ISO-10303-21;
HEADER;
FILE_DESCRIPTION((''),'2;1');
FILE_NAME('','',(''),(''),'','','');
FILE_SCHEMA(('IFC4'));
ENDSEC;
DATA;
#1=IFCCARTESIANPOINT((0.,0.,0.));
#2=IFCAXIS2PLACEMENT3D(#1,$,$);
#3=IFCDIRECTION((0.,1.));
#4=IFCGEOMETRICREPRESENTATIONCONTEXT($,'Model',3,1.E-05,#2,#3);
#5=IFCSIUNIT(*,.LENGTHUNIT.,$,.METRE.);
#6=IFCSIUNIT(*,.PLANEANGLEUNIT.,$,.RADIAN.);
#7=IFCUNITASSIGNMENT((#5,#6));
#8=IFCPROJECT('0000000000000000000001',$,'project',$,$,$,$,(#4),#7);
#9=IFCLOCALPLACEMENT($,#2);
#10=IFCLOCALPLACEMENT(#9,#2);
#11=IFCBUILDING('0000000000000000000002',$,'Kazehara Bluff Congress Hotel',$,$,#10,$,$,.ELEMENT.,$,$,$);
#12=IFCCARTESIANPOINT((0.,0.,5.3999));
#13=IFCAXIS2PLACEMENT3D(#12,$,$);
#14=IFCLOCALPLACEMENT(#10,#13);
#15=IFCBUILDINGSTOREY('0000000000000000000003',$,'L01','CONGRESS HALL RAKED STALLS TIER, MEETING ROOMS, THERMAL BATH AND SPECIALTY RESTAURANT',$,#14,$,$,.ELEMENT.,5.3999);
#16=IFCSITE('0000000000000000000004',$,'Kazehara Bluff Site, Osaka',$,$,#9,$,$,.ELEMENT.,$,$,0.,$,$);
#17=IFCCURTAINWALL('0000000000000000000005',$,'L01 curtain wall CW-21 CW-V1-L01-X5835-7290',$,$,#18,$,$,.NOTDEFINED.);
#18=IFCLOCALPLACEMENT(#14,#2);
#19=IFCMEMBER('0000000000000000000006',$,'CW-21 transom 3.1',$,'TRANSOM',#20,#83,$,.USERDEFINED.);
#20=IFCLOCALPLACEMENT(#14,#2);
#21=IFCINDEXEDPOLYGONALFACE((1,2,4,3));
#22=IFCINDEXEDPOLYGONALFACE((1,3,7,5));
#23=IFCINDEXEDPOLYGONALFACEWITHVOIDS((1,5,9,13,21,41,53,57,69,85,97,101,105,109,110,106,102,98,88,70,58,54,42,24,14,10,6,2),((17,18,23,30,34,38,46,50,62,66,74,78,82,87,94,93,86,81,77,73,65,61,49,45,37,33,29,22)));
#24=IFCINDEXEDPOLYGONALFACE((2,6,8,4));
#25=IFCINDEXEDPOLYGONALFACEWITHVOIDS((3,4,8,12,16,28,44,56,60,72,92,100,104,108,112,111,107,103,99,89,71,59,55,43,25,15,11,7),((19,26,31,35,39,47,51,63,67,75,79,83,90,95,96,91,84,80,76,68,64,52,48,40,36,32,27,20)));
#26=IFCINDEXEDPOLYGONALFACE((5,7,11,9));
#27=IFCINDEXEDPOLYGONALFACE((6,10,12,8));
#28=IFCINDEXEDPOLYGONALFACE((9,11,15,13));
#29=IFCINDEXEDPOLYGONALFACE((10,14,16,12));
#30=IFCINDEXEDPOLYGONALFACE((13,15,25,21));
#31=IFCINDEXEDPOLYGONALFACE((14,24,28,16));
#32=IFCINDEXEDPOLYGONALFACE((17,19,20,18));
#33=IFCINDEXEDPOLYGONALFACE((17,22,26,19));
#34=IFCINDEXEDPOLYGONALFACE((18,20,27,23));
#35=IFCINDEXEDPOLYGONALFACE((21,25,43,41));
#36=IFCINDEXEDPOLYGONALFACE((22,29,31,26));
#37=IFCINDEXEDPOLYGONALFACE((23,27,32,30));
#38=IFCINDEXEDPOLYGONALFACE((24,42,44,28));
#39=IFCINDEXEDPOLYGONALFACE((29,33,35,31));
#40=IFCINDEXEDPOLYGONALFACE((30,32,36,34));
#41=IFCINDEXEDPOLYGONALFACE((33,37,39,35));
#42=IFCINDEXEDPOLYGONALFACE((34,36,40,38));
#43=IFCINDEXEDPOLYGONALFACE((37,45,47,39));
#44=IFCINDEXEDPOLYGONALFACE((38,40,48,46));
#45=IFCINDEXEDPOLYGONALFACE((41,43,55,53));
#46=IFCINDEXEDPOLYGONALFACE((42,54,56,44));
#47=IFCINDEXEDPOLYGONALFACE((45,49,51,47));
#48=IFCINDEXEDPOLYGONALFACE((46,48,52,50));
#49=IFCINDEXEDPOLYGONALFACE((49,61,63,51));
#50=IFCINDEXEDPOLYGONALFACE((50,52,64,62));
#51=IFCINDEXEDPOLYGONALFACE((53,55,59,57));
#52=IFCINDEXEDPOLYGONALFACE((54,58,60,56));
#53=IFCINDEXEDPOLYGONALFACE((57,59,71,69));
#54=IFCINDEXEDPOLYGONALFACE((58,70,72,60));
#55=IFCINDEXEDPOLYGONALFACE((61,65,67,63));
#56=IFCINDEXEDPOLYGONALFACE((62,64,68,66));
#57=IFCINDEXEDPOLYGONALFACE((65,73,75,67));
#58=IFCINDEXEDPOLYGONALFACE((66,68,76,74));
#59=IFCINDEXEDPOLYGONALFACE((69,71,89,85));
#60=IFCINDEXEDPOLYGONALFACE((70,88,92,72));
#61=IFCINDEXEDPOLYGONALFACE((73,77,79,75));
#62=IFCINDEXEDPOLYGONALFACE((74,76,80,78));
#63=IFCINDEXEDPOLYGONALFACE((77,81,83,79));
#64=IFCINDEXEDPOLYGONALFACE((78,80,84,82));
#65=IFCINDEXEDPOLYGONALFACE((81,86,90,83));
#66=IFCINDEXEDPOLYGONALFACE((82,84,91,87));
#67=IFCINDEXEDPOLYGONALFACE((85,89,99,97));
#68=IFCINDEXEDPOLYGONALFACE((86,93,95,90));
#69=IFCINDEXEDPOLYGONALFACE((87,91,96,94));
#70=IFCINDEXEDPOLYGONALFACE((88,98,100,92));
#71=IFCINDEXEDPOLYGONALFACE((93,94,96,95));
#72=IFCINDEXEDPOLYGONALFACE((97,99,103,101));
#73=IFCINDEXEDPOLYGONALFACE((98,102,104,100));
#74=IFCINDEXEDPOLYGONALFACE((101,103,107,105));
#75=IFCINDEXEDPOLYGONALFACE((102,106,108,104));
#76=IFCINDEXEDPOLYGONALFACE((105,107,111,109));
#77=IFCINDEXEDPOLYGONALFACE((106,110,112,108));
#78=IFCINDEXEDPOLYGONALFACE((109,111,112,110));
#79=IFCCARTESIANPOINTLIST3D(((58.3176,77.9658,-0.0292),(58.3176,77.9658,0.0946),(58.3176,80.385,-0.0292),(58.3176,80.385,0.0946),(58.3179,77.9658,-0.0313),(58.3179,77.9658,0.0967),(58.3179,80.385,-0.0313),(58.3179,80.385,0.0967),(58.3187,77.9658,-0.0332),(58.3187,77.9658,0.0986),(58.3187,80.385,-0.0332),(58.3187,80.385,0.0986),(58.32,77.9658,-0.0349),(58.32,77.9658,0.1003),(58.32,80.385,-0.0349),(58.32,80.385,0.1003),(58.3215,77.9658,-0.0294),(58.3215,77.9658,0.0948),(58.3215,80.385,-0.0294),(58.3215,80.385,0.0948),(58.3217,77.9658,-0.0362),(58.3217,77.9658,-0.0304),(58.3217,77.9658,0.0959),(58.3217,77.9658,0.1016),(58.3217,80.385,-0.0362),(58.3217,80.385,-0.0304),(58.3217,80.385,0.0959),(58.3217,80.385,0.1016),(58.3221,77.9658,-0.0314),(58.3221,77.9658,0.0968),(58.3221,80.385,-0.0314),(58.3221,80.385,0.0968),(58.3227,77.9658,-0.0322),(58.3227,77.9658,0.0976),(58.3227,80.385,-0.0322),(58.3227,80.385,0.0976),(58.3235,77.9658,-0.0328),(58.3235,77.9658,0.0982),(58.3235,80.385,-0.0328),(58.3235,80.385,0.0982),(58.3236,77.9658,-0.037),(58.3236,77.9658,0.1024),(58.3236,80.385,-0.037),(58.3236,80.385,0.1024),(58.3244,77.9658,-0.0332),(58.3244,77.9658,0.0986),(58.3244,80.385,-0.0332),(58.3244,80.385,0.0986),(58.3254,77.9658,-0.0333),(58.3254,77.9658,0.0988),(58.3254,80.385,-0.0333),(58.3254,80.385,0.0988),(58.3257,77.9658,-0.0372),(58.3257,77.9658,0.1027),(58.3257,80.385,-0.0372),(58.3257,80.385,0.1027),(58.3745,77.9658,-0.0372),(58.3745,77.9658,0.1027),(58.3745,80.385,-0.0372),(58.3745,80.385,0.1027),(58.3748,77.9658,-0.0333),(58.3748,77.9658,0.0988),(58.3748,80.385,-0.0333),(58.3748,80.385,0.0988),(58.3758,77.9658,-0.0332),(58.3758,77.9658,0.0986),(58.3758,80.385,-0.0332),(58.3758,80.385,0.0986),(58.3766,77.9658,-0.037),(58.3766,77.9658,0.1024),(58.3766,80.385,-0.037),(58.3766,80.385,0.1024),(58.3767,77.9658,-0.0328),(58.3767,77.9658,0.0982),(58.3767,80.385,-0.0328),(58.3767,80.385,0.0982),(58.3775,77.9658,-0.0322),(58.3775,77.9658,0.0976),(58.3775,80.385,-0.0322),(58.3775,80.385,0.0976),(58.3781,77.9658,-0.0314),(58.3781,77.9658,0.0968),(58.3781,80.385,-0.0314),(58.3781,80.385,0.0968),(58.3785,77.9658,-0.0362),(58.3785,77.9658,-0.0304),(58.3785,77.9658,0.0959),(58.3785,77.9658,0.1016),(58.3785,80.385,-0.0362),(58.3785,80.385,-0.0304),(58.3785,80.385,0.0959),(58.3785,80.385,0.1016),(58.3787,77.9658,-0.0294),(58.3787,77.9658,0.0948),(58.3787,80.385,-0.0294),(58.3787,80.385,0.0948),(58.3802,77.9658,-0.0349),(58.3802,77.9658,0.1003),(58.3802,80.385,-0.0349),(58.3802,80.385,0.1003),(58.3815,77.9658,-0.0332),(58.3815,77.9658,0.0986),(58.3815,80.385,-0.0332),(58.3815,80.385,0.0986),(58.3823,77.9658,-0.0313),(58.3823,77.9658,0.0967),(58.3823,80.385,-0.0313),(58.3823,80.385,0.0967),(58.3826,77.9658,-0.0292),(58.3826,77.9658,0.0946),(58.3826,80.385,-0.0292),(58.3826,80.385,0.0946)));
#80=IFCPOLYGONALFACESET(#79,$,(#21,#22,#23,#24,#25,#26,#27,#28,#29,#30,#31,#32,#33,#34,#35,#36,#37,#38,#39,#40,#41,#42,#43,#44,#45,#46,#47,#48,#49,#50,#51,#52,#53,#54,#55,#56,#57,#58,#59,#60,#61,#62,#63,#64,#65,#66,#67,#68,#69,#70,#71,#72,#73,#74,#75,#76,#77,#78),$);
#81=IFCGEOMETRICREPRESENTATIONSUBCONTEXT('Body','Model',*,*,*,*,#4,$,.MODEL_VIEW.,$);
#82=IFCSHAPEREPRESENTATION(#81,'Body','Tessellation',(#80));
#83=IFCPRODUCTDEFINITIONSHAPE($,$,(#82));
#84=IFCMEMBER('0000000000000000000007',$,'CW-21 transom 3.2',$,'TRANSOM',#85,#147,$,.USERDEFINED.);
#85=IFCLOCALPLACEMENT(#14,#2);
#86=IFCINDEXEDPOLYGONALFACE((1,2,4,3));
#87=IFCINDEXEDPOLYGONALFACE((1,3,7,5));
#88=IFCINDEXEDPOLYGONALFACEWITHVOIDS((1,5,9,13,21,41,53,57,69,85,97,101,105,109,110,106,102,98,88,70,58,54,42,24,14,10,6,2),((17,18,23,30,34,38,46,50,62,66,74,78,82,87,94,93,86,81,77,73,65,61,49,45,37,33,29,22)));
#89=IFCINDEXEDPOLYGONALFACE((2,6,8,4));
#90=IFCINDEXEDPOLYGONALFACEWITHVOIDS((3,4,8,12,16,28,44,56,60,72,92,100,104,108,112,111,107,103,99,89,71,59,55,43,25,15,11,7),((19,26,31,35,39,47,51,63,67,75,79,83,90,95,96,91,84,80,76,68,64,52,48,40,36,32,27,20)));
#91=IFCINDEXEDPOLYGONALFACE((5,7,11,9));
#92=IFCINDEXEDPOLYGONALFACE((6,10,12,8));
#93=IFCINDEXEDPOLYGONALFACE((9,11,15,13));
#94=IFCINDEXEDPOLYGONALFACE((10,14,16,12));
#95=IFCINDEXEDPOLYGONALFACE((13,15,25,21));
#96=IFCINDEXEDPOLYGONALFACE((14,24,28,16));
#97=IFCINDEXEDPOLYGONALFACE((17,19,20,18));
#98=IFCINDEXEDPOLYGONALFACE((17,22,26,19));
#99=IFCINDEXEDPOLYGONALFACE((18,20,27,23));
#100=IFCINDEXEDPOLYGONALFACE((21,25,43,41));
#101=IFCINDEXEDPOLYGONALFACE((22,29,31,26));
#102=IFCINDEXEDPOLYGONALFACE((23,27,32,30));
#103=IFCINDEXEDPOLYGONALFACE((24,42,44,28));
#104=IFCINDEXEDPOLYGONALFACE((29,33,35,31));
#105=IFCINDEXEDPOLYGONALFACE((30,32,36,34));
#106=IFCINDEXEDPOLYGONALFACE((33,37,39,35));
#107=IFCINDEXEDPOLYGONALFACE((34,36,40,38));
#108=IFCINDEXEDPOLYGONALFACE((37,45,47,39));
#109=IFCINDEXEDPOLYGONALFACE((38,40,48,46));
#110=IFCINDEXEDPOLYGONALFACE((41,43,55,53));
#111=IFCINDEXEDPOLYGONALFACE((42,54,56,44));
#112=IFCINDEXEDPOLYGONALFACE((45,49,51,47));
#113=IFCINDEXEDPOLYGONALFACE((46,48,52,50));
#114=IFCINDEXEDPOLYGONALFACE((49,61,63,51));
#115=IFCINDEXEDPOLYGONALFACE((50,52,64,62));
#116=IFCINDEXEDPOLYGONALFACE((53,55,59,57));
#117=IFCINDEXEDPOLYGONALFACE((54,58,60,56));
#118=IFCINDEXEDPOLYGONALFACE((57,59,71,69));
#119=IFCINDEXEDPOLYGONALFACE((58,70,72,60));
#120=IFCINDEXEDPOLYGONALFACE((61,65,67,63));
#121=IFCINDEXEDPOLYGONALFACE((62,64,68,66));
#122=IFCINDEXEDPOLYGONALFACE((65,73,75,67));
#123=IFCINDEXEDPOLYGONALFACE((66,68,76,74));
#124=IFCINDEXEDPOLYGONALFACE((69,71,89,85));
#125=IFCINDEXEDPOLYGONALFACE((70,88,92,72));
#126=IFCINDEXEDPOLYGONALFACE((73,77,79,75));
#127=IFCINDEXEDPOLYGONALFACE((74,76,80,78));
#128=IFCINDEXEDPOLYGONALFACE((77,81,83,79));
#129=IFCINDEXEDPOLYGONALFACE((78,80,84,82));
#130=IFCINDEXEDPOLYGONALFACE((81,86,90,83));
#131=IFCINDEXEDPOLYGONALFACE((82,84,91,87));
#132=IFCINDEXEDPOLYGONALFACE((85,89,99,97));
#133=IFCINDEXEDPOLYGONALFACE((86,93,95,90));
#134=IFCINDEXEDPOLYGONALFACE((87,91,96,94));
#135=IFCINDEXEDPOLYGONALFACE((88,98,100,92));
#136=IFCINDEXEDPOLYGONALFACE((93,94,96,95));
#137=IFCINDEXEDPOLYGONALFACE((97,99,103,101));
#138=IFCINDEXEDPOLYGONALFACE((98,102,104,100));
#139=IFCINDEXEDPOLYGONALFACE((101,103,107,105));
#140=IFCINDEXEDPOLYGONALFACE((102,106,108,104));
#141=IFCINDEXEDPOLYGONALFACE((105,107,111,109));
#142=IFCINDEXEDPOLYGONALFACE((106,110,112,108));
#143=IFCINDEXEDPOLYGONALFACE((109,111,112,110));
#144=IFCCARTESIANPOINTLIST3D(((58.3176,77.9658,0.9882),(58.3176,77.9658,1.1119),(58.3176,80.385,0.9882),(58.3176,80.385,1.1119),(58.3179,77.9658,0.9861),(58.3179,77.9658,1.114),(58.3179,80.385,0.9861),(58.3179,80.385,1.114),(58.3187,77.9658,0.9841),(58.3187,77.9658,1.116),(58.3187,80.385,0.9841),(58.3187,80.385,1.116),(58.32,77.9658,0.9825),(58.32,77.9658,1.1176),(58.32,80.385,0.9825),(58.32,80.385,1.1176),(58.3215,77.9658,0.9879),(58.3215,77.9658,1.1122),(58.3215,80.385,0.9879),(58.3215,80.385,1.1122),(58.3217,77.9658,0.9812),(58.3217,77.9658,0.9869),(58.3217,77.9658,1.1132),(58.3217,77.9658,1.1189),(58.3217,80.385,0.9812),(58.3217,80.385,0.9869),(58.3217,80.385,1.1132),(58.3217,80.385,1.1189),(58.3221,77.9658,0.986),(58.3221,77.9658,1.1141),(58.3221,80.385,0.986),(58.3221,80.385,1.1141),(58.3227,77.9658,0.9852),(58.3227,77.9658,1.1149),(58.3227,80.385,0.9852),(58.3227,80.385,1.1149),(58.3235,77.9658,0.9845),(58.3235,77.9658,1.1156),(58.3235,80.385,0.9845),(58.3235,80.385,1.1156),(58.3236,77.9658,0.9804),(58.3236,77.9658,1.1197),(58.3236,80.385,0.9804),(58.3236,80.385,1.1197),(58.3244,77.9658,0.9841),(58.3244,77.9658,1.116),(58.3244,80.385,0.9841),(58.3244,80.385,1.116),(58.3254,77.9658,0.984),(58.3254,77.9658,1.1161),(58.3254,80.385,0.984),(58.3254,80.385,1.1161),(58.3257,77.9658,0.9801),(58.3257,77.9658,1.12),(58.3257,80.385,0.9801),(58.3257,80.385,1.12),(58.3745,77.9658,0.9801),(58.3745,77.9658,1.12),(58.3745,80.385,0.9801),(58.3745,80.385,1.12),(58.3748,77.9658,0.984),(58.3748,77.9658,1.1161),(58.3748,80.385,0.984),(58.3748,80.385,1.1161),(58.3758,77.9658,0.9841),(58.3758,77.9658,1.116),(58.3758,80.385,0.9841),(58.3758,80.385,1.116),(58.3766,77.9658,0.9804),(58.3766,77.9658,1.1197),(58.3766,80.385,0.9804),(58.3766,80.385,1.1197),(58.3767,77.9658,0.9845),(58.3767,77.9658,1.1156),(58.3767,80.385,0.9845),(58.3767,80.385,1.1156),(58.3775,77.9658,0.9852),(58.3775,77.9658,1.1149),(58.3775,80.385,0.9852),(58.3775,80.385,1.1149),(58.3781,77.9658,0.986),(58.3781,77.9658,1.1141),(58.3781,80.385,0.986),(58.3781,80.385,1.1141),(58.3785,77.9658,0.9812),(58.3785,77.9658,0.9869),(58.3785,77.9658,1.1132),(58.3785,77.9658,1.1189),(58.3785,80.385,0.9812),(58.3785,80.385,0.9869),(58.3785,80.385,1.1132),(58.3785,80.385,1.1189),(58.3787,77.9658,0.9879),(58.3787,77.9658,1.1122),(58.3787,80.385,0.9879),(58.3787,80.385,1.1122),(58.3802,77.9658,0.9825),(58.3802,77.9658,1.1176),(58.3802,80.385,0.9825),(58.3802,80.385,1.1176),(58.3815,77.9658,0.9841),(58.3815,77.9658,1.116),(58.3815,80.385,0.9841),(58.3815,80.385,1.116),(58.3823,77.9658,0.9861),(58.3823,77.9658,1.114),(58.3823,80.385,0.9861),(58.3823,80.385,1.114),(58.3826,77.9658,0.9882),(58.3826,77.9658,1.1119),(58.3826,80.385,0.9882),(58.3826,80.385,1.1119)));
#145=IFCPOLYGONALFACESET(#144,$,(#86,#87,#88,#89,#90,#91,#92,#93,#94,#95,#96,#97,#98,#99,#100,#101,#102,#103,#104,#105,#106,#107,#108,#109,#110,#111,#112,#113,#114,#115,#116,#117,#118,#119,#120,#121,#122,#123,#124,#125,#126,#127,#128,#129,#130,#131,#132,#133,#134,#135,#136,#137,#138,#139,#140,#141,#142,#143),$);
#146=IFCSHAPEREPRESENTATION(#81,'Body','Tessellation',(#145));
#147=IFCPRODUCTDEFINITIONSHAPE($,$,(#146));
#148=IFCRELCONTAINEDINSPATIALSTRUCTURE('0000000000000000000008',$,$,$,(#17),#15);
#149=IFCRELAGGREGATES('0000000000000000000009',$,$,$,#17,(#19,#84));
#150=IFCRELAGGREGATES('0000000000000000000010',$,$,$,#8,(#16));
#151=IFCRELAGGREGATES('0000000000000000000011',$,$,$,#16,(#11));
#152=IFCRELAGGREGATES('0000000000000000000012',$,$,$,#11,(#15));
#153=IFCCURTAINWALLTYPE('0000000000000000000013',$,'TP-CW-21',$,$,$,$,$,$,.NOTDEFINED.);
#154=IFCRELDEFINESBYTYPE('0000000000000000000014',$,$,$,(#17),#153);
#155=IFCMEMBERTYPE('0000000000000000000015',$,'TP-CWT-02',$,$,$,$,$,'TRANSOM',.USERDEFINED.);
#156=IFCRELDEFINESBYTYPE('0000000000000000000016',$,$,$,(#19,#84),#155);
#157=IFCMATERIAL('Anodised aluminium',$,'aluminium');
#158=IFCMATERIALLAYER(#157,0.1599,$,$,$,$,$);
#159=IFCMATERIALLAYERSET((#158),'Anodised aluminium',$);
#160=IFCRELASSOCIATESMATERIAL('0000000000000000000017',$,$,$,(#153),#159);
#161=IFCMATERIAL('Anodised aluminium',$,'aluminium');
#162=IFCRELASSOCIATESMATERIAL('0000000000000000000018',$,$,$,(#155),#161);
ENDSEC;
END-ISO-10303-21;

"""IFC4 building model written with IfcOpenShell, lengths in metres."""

from ifc_helpers import new_model, si_unit, direction, frame, origin, origin_2d, place, context, subcontext, project, spatial, hollow_rectangle, extrude, material, layer, layer_set, material_profile, profile_set, type_object, element, aggregate, save


model = new_model("IFC4")

# Units and contexts
model_context = context("Model", 3, precision=1e-05, world=origin(), true_north=direction((0.0, 1.0)))
body_context = subcontext(model_context, "Body", "Model", "MODEL_VIEW")
ifc_project = project(units=[si_unit("LENGTHUNIT", "METRE"), si_unit("PLANEANGLEUNIT", "RADIAN")], contexts=[model_context])

# Site, building, storey
site_placement = place(None, origin())
site = spatial("IfcSite", under=ifc_project, at=site_placement, Name="Kazehara Bluff Site, Osaka", CompositionType="ELEMENT", RefElevation=0.0)
building_placement = place(site_placement, origin())
building = spatial("IfcBuilding", under=site, at=building_placement, Name="Kazehara Bluff Congress Hotel", CompositionType="ELEMENT")
storey_placement = place(building_placement, frame((0.0, 0.0, 5.3999)))
storey = spatial("IfcBuildingStorey", under=building, at=storey_placement, Name="L01", Description="CONGRESS HALL RAKED STALLS TIER, MEETING ROOMS, THERMAL BATH AND SPECIALTY RESTAURANT", CompositionType="ELEMENT", Elevation=5.3999)

# Curtain wall
ifc_material_1 = material(Name="Anodised aluminium", Category="aluminium")
ifc_layer_1 = layer(ifc_material_1, 0.1599)
ifc_layer_set_1 = layer_set([ifc_layer_1], Name="Anodised aluminium")
curtain_wall_type_1 = type_object("IfcCurtainWallType", Name="TP-CW-21", PredefinedType="NOTDEFINED", material=ifc_layer_set_1)
curtain_wall_1_placement = place(storey_placement, origin())
curtain_wall_1 = element("IfcCurtainWall", 1, at=curtain_wall_1_placement, inside=storey, type_object=curtain_wall_type_1, Name="L01 curtain wall CW-21 CW-V1-L01-X5835-7290", PredefinedType="NOTDEFINED")

# Members
ifc_material_2 = material(Name="Anodised aluminium", Category="aluminium")
ifc_material_profile_1 = material_profile(ifc_material_2, hollow_rectangle(XDim=0.0649, YDim=0.1399, WallThickness=0.0039, InnerFilletRadius=0.0039, OuterFilletRadius=0.0081, at=origin_2d()))
ifc_profile_set_1 = profile_set([ifc_material_profile_1], Name="Anodised aluminium")
member_type_1 = type_object("IfcMemberType", Name="TP-CWT-02", ElementType="TRANSOM", PredefinedType="USERDEFINED", material=ifc_profile_set_1)
member_1_placement = place(storey_placement, frame((58.3501, 77.9658, 0.0327), z_axis=(0.0, 1.0, 0.0), x_axis=(-1.0, 0.0, 0.0)))
member_1 = element("IfcMember", 2, at=member_1_placement, type_object=member_type_1, Name="CW-21 transom 3.1", ObjectType="TRANSOM", PredefinedType="USERDEFINED", context=body_context, shape_type="SweptSolid", body=[
    extrude(hollow_rectangle(XDim=0.0649, YDim=0.1399, WallThickness=0.0039, InnerFilletRadius=0.0039, OuterFilletRadius=0.0081, at=origin_2d()), origin(), (0.0, 0.0, 1.0), 2.4192),
])
member_2_placement = place(storey_placement, frame((58.3501, 77.9658, 1.05), z_axis=(0.0, 1.0, 0.0), x_axis=(-1.0, 0.0, 0.0)))
member_2 = element("IfcMember", 3, at=member_2_placement, type_object=member_type_1, Name="CW-21 transom 3.2", ObjectType="TRANSOM", PredefinedType="USERDEFINED", context=body_context, shape_type="SweptSolid", body=[
    extrude(hollow_rectangle(XDim=0.0649, YDim=0.1399, WallThickness=0.0039, InnerFilletRadius=0.0039, OuterFilletRadius=0.0081, at=origin_2d()), origin(), (0.0, 0.0, 1.0), 2.4192),
])

aggregate(curtain_wall_1, [member_1, member_2])

save(model, "model.ifc")
